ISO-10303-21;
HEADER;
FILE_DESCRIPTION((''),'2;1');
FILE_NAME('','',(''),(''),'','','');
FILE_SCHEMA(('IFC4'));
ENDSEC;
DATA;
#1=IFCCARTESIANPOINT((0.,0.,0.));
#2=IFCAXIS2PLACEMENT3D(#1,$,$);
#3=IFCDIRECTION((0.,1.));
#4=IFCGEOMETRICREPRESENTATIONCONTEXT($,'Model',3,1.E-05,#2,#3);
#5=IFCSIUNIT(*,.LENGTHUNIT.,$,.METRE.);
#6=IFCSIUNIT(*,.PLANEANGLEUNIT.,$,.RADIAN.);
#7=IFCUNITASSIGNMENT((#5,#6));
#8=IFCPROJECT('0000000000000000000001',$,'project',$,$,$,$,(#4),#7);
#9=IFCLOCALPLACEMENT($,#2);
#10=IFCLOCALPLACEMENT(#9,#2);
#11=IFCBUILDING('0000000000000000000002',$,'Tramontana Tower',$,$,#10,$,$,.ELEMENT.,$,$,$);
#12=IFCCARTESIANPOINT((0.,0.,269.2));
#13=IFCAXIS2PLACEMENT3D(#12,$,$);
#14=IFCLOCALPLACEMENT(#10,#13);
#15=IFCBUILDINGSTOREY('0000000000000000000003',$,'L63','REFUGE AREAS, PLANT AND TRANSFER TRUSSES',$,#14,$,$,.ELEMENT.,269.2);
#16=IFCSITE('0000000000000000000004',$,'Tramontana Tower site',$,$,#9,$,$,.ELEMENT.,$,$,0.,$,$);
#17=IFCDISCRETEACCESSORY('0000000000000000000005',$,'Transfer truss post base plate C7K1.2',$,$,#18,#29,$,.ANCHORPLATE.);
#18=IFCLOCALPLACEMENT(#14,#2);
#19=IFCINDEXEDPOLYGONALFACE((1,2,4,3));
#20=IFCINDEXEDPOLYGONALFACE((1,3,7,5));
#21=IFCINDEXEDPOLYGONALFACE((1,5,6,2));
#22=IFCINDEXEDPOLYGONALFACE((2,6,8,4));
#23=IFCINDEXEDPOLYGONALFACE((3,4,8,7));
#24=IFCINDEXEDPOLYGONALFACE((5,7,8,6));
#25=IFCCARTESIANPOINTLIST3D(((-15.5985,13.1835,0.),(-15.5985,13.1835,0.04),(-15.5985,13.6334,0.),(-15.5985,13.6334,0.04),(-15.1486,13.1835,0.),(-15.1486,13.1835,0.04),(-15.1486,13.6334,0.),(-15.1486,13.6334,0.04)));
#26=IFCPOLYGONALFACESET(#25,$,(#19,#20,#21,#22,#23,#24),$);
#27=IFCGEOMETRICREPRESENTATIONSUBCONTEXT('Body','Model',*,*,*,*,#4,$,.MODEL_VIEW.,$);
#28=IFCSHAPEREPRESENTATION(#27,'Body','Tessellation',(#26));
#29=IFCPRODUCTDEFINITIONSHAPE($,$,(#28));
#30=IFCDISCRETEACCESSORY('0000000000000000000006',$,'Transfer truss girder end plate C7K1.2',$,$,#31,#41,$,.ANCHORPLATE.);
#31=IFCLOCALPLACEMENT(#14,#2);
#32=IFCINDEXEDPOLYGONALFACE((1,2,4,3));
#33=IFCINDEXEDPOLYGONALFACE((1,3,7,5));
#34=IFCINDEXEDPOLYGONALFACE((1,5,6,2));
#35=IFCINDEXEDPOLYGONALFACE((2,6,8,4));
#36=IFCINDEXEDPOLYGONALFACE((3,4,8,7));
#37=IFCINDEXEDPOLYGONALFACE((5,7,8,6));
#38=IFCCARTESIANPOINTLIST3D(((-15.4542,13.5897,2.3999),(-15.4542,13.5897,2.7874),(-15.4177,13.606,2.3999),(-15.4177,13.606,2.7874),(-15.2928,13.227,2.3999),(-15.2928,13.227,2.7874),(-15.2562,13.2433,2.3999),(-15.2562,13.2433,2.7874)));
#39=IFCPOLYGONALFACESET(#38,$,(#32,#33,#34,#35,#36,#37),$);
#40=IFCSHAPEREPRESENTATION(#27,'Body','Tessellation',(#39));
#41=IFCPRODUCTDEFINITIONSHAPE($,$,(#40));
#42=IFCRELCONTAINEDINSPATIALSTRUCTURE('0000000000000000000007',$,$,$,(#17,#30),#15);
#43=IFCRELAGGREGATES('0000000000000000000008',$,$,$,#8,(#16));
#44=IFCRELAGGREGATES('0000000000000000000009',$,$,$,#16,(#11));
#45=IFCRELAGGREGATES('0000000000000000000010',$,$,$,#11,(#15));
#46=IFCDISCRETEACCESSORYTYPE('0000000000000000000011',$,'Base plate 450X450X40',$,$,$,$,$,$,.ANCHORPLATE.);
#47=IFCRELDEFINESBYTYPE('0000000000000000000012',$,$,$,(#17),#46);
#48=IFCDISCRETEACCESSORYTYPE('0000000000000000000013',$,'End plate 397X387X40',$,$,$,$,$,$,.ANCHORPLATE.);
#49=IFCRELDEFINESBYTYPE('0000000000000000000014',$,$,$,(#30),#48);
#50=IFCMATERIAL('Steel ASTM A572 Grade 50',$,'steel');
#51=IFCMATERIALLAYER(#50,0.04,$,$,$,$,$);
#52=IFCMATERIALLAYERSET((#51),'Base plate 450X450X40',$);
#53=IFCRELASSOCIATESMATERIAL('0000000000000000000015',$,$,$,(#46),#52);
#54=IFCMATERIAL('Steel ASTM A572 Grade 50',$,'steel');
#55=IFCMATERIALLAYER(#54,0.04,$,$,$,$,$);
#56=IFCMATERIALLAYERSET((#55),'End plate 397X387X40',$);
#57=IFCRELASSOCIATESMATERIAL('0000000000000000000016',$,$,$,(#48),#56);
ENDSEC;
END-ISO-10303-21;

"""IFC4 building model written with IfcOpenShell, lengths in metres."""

from ifc_helpers import new_model, si_unit, direction, frame, origin, origin_2d, place, context, subcontext, project, spatial, rectangle, extrude, material, layer, layer_set, type_object, element, save


model = new_model("IFC4")

# Units and contexts
model_context = context("Model", 3, precision=1e-05, world=origin(), true_north=direction((0.0, 1.0)))
body_context = subcontext(model_context, "Body", "Model", "MODEL_VIEW")
ifc_project = project(units=[si_unit("LENGTHUNIT", "METRE"), si_unit("PLANEANGLEUNIT", "RADIAN")], contexts=[model_context])

# Site, building, storey
site_placement = place(None, origin())
site = spatial("IfcSite", under=ifc_project, at=site_placement, Name="Tramontana Tower site", CompositionType="ELEMENT", RefElevation=0.0)
building_placement = place(site_placement, origin())
building = spatial("IfcBuilding", under=site, at=building_placement, Name="Tramontana Tower", CompositionType="ELEMENT")
storey_placement = place(building_placement, frame((0.0, 0.0, 269.2)))
storey = spatial("IfcBuildingStorey", under=building, at=storey_placement, Name="L63", Description="REFUGE AREAS, PLANT AND TRANSFER TRUSSES", CompositionType="ELEMENT", Elevation=269.2)

# Discrete accessories
ifc_material_1 = material(Name="Steel ASTM A572 Grade 50", Category="steel")
ifc_layer_1 = layer(ifc_material_1, 0.04)
ifc_layer_set_1 = layer_set([ifc_layer_1], Name="Base plate 450X450X40")
discrete_accessory_type_1 = type_object("IfcDiscreteAccessoryType", Name="Base plate 450X450X40", PredefinedType="ANCHORPLATE", material=ifc_layer_set_1)
discrete_accessory_1_placement = place(storey_placement, frame((-15.3735, 13.4084, 0.0), z_axis=(0.0, 0.0, 1.0), x_axis=(1.0, 0.0, 0.0)))
element("IfcDiscreteAccessory", 1, at=discrete_accessory_1_placement, inside=storey, type_object=discrete_accessory_type_1, Name="Transfer truss post base plate C7K1.2", PredefinedType="ANCHORPLATE", context=body_context, shape_type="SweptSolid", body=[
    extrude(rectangle(XDim=0.45, YDim=0.45, at=origin_2d()), origin(), (0.0, 0.0, 1.0), 0.04),
])
ifc_material_2 = material(Name="Steel ASTM A572 Grade 50", Category="steel")
ifc_layer_2 = layer(ifc_material_2, 0.04)
ifc_layer_set_2 = layer_set([ifc_layer_2], Name="End plate 397X387X40")
discrete_accessory_type_2 = type_object("IfcDiscreteAccessoryType", Name="End plate 397X387X40", PredefinedType="ANCHORPLATE", material=ifc_layer_set_2)
discrete_accessory_2_placement = place(storey_placement, frame((-15.3552, 13.4165, 2.3999), z_axis=(0.0, 0.0, 1.0), x_axis=(0.406737, -0.913545, 0.0)))
element("IfcDiscreteAccessory", 2, at=discrete_accessory_2_placement, inside=storey, type_object=discrete_accessory_type_2, Name="Transfer truss girder end plate C7K1.2", PredefinedType="ANCHORPLATE", context=body_context, shape_type="SweptSolid", body=[
    extrude(rectangle(XDim=0.397, YDim=0.04, at=origin_2d()), origin(), (0.0, 0.0, 1.0), 0.3875),
])

save(model, "model.ifc")
